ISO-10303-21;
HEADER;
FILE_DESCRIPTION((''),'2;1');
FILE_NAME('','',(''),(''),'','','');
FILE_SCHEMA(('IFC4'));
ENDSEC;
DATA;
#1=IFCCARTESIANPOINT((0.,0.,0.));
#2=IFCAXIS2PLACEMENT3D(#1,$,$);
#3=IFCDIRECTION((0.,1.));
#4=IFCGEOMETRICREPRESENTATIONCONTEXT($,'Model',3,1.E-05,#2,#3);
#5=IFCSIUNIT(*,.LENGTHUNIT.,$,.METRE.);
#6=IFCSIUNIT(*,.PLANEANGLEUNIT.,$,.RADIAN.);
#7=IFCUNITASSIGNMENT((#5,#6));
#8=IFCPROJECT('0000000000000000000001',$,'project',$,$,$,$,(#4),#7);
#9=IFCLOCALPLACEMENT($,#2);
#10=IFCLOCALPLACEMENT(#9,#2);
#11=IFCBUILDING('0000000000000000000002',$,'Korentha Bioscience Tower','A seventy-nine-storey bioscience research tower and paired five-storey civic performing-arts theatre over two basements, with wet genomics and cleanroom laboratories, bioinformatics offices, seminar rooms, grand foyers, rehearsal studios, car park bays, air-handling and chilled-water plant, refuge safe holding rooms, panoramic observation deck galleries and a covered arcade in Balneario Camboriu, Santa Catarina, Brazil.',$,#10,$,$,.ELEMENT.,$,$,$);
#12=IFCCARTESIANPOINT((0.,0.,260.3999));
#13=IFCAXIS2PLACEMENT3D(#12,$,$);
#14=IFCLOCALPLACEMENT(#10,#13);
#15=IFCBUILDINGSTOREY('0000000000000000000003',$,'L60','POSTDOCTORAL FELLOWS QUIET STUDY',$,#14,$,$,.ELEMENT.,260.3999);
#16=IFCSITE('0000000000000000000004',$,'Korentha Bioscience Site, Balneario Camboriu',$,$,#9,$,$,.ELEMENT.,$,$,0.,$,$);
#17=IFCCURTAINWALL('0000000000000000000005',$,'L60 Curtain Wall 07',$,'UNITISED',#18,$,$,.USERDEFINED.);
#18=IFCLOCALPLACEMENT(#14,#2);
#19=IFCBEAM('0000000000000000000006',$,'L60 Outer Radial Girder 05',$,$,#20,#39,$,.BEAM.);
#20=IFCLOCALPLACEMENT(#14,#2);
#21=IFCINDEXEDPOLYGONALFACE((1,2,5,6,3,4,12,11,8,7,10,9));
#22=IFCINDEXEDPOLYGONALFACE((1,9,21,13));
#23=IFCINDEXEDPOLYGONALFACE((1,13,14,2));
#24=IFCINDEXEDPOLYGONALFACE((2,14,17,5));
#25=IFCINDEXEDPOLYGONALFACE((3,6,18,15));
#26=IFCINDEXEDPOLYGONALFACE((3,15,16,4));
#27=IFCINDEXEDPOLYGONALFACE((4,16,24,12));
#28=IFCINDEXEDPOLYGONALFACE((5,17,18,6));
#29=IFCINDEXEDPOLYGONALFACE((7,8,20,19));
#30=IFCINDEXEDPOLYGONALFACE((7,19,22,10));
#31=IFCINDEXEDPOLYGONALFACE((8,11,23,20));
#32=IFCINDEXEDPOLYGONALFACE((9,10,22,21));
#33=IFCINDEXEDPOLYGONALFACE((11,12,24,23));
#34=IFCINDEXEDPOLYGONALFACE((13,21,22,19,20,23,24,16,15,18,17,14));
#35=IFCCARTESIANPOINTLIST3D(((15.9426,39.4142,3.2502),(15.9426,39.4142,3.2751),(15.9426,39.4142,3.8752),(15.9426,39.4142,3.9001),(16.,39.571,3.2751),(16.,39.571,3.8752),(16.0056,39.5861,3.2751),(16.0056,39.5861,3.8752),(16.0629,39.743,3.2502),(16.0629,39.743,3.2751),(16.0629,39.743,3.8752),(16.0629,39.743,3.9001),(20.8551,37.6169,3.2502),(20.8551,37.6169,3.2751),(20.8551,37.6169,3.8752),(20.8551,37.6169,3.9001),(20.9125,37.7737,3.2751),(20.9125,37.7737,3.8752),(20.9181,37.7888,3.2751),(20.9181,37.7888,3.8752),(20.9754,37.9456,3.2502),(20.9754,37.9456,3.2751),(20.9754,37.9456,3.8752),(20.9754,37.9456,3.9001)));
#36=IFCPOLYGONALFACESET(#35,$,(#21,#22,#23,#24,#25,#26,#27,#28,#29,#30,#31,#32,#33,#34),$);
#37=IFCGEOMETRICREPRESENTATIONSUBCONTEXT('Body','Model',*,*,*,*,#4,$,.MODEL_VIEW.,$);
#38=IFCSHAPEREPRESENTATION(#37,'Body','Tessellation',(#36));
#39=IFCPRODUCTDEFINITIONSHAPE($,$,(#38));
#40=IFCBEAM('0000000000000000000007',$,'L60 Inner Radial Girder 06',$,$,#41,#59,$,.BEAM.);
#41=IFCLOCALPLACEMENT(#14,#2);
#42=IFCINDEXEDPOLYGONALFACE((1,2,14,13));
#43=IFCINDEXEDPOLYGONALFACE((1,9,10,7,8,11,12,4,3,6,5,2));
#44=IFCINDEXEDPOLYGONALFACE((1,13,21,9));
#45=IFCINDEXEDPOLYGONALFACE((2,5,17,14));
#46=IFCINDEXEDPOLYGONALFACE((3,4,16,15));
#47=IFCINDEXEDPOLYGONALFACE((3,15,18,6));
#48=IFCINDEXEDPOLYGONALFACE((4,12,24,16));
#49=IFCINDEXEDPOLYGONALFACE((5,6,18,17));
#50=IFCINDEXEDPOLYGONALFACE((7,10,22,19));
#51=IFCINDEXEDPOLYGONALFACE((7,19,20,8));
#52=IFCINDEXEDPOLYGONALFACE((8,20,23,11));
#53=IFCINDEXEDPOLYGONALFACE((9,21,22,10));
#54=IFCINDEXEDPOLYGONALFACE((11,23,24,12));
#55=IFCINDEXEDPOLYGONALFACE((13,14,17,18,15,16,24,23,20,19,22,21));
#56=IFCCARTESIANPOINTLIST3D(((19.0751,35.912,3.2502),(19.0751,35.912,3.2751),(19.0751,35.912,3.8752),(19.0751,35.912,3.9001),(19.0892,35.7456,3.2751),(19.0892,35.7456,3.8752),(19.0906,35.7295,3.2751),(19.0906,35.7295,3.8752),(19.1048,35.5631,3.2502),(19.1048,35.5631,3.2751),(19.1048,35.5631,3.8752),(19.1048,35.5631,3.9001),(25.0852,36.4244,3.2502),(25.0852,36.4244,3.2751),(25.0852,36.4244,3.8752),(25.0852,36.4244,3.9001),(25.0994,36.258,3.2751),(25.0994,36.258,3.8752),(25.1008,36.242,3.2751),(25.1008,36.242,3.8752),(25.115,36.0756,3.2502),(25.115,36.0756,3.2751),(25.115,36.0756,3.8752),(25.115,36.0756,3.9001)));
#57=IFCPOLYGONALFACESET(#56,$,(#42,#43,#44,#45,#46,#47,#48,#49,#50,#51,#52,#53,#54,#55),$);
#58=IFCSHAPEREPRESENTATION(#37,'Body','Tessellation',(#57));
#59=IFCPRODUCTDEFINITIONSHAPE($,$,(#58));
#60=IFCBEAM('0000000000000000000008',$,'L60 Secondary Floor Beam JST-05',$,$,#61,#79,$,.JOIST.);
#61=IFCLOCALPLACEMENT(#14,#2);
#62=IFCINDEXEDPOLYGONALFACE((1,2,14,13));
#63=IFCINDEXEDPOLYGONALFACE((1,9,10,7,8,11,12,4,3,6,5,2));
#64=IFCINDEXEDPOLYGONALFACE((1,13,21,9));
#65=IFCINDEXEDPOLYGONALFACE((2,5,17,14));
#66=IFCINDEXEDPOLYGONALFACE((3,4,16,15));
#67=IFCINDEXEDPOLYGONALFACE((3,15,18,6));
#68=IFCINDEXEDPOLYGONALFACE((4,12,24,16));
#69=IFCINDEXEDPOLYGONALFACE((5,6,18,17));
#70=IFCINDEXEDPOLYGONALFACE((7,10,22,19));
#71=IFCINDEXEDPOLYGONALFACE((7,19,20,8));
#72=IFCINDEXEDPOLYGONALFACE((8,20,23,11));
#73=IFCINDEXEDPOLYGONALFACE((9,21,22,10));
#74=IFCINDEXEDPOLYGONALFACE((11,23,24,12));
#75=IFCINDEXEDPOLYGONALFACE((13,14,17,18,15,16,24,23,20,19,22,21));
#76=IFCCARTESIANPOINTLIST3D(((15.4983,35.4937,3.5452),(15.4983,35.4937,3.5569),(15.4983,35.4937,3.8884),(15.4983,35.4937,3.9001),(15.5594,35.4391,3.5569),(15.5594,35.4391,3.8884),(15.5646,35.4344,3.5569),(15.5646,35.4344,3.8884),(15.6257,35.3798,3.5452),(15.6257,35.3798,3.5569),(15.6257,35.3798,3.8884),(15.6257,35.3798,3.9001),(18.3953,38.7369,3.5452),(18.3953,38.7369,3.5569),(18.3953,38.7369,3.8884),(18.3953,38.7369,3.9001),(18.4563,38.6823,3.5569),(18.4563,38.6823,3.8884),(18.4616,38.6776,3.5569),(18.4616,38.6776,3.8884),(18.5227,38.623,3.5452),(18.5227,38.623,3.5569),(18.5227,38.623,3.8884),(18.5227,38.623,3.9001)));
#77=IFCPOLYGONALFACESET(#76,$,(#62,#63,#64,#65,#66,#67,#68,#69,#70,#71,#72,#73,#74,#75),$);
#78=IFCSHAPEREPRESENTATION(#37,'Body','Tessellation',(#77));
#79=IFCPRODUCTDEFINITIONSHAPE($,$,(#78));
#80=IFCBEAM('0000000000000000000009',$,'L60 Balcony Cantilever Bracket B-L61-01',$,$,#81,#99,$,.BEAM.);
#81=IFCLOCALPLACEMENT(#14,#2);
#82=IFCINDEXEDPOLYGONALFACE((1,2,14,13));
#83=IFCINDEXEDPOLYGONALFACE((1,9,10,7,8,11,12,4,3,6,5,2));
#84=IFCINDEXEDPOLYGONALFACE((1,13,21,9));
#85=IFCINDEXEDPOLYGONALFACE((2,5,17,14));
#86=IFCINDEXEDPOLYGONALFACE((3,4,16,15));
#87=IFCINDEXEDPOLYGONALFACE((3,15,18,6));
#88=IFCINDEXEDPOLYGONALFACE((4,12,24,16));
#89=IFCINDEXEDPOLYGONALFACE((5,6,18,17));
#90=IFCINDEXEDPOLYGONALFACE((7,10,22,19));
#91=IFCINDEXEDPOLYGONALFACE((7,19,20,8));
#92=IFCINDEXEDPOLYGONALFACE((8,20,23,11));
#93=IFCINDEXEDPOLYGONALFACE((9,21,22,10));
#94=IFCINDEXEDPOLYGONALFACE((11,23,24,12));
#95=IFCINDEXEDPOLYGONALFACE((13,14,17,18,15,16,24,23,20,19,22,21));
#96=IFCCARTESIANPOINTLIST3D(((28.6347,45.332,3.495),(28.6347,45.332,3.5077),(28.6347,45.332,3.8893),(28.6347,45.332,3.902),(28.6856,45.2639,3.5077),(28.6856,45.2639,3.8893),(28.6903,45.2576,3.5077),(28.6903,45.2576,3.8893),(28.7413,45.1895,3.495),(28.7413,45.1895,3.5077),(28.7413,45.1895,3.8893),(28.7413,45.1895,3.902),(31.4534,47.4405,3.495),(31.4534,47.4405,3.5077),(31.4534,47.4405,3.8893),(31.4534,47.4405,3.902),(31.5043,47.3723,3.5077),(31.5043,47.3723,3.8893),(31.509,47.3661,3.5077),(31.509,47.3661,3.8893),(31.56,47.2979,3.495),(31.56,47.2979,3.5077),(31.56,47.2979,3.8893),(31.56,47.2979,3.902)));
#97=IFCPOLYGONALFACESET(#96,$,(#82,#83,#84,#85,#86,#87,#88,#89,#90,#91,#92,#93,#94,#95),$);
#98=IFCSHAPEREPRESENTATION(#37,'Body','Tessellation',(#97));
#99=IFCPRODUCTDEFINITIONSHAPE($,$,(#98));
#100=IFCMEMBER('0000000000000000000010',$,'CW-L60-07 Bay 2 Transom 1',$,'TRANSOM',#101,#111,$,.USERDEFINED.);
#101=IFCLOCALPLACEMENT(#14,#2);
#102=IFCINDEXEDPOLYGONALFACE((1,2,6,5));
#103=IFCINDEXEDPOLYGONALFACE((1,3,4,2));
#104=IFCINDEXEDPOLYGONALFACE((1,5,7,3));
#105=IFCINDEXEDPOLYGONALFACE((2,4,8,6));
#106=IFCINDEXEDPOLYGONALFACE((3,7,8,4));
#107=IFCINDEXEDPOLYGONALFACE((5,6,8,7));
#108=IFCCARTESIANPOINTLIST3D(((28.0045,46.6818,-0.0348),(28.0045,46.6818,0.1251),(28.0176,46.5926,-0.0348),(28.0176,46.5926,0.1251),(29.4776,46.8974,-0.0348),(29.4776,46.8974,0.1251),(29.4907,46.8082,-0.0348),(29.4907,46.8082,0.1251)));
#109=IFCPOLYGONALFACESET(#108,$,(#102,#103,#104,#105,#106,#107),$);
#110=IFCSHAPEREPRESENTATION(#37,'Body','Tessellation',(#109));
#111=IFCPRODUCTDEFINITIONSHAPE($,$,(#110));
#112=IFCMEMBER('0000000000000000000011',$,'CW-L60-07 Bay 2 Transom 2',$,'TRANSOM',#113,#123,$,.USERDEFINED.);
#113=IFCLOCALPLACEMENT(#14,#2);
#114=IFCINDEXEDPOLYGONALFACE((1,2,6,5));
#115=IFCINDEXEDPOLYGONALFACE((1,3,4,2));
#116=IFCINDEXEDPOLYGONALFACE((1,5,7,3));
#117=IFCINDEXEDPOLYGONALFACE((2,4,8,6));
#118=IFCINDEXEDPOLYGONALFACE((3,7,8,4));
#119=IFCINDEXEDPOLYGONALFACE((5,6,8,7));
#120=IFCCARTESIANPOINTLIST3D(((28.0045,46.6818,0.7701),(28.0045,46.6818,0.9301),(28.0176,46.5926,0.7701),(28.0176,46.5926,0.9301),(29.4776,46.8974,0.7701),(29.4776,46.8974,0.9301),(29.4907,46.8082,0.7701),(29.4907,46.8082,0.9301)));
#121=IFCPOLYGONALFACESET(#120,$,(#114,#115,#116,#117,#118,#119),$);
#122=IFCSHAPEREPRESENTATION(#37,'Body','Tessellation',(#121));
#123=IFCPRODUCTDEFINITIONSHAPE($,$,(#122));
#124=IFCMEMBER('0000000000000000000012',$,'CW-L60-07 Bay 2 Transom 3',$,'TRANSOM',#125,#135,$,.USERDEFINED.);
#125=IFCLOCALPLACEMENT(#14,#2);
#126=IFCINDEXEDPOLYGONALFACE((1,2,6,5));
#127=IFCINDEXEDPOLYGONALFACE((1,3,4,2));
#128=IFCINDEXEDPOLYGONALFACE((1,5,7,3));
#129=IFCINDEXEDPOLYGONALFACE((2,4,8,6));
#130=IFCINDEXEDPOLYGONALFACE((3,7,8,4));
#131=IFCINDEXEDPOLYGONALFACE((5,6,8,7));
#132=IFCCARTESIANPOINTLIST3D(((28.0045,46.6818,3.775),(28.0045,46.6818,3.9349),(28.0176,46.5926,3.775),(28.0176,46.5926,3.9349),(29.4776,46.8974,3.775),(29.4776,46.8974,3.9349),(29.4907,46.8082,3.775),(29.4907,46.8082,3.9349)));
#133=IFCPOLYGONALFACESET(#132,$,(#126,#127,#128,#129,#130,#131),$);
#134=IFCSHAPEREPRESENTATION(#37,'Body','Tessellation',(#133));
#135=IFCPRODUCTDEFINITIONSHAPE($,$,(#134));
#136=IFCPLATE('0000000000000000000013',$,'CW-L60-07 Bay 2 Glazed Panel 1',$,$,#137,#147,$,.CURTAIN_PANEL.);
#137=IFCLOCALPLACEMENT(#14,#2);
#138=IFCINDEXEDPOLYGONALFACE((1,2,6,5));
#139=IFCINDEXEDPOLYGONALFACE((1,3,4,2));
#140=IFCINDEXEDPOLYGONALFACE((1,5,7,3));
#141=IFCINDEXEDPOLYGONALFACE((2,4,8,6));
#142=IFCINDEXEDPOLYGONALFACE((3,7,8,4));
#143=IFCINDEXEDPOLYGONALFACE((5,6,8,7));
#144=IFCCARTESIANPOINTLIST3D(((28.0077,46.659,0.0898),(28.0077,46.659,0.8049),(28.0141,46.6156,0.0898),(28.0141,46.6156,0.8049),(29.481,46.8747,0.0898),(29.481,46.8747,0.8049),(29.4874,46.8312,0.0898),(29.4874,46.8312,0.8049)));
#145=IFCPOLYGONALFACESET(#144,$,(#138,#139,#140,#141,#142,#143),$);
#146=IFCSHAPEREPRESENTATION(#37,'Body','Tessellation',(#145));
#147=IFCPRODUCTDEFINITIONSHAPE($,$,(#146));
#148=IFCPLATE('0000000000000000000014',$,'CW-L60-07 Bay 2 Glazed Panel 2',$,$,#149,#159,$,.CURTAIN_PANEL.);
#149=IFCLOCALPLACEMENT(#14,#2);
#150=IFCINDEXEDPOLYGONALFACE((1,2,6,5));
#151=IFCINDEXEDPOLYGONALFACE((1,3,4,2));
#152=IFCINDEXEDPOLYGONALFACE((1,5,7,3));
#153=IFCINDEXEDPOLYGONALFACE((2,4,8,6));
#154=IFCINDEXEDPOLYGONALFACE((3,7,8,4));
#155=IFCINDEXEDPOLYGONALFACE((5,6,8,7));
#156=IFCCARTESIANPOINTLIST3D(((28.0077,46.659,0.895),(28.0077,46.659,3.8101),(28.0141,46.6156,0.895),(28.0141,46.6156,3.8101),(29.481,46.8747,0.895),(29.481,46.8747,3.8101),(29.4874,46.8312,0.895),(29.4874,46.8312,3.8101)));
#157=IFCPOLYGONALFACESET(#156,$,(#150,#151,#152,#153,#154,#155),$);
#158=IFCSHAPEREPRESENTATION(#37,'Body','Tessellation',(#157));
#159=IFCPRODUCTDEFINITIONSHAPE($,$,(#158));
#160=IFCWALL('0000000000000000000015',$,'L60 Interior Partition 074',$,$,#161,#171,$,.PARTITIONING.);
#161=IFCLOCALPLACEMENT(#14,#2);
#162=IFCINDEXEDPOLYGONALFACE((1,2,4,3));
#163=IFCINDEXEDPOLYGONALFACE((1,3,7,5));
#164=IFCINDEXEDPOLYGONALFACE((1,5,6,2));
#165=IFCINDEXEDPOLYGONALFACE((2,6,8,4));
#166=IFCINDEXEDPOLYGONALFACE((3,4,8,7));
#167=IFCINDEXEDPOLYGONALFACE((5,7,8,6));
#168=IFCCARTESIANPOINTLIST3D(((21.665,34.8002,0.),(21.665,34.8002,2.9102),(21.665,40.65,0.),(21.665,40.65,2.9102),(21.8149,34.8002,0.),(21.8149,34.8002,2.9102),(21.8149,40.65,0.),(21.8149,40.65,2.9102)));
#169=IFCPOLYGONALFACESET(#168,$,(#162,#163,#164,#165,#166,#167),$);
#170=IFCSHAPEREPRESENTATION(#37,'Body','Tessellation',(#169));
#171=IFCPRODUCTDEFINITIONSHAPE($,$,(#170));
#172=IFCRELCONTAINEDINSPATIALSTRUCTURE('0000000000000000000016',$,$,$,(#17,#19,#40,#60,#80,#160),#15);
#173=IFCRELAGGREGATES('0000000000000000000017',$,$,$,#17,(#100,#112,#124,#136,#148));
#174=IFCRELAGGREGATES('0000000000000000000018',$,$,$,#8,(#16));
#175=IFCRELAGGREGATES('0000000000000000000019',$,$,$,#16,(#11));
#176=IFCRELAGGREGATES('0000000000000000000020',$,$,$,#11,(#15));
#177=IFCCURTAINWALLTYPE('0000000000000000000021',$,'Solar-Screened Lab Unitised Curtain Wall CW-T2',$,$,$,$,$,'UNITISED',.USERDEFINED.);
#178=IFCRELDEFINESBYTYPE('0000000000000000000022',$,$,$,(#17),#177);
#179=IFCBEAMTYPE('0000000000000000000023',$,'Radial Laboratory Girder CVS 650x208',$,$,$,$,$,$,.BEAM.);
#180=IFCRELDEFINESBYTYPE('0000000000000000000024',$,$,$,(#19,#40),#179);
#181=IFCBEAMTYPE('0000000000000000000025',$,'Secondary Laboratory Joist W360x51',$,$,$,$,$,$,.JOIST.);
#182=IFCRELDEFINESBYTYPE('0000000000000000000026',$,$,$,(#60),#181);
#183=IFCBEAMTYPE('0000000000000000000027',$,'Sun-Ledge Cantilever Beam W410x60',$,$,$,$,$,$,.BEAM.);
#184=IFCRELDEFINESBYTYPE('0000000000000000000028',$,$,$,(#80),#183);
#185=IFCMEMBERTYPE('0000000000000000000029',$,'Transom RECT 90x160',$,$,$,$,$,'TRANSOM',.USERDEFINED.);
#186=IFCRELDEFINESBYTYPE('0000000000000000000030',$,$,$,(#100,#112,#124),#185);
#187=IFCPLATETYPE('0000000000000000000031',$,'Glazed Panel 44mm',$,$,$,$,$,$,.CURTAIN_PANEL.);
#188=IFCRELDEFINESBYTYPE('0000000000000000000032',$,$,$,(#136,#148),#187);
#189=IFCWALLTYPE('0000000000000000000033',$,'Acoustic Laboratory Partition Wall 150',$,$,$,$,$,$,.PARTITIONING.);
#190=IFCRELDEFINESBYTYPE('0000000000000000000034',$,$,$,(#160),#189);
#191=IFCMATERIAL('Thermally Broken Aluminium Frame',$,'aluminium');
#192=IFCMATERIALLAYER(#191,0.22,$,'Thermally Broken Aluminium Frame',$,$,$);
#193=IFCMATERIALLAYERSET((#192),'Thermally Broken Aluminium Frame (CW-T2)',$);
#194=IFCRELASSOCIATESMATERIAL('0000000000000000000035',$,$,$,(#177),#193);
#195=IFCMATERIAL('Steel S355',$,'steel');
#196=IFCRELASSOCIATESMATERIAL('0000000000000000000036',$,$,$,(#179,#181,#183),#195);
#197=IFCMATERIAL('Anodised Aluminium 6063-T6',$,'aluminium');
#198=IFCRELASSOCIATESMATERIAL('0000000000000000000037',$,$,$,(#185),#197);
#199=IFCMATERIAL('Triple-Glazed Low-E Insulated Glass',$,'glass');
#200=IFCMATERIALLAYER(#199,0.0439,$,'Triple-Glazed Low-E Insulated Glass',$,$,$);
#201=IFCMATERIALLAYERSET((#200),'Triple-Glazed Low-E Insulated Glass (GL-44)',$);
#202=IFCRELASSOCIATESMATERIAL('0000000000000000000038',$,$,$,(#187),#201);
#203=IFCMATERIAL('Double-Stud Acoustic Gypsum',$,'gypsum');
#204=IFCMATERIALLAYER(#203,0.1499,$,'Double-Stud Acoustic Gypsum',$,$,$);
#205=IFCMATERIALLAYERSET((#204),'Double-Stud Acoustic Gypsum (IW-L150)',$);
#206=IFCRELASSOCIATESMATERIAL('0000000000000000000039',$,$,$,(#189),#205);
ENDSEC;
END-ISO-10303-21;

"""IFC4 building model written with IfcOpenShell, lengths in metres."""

from ifc_helpers import new_model, si_unit, direction, frame, frame_2d, origin, origin_2d, place, context, subcontext, project, spatial, rectangle, i_section, extrude, material, layer, layer_set, material_profile, profile_set, type_object, element, aggregate, save


model = new_model("IFC4")

# Units and contexts
model_context = context("Model", 3, precision=1e-05, world=origin(), true_north=direction((0.0, 1.0)))
body_context = subcontext(model_context, "Body", "Model", "MODEL_VIEW")
ifc_project = project(units=[si_unit("LENGTHUNIT", "METRE"), si_unit("PLANEANGLEUNIT", "RADIAN")], contexts=[model_context])

# Site, building, storey
site_placement = place(None, origin())
site = spatial("IfcSite", under=ifc_project, at=site_placement, Name="Korentha Bioscience Site, Balneario Camboriu", CompositionType="ELEMENT", RefElevation=0.0)
building_placement = place(site_placement, origin())
building = spatial("IfcBuilding", under=site, at=building_placement, Name="Korentha Bioscience Tower", Description="A seventy-nine-storey bioscience research tower and paired five-storey civic performing-arts theatre over two basements, with wet genomics and cleanroom laboratories, bioinformatics offices, seminar rooms, grand foyers, rehearsal studios, car park bays, air-handling and chilled-water plant, refuge safe holding rooms, panoramic observation deck galleries and a covered arcade in Balneario Camboriu, Santa Catarina, Brazil.", CompositionType="ELEMENT")
storey_placement = place(building_placement, frame((0.0, 0.0, 260.3999)))
storey = spatial("IfcBuildingStorey", under=building, at=storey_placement, Name="L60", Description="POSTDOCTORAL FELLOWS QUIET STUDY", CompositionType="ELEMENT", Elevation=260.3999)

# Shared definitions
ifc_material_1 = material(Name="Steel S355", Category="steel")

# Curtain wall
ifc_material_2 = material(Name="Thermally Broken Aluminium Frame", Category="aluminium")
ifc_layer_1 = layer(ifc_material_2, 0.22, Name="Thermally Broken Aluminium Frame")
ifc_layer_set_1 = layer_set([ifc_layer_1], Name="Thermally Broken Aluminium Frame (CW-T2)")
curtain_wall_type = type_object("IfcCurtainWallType", Name="Solar-Screened Lab Unitised Curtain Wall CW-T2", ElementType="UNITISED", PredefinedType="USERDEFINED", material=ifc_layer_set_1)
curtain_wall_placement = place(storey_placement, origin())
curtain_wall = element("IfcCurtainWall", 1, at=curtain_wall_placement, inside=storey, type_object=curtain_wall_type, Name="L60 Curtain Wall 07", ObjectType="UNITISED", PredefinedType="USERDEFINED")
ifc_material_3 = material(Name="Anodised Aluminium 6063-T6", Category="aluminium")

# Beams
ifc_material_profile_1 = material_profile(ifc_material_1, i_section(OverallWidth=0.3501, OverallDepth=0.6499, WebThickness=0.0161, FlangeThickness=0.0249, at=origin_2d()), Name="Steel S355")
ifc_profile_set_1 = profile_set([ifc_material_profile_1], Name="Steel S355 (RB-650)")
beam_type_1 = type_object("IfcBeamType", Name="Radial Laboratory Girder CVS 650x208", PredefinedType="BEAM", material=ifc_profile_set_1)
beam_1_placement = place(storey_placement, frame((20.9153, 37.7812, 3.5752), z_axis=(-0.939118, 0.343594, 0.0), x_axis=(-0.343594, -0.939118, 0.0)))
element("IfcBeam", 2, at=beam_1_placement, inside=storey, type_object=beam_type_1, Name="L60 Outer Radial Girder 05", PredefinedType="BEAM", context=body_context, shape_type="SweptSolid", body=[
    extrude(i_section(OverallWidth=0.3501, OverallDepth=0.6499, WebThickness=0.0161, FlangeThickness=0.0249, at=origin_2d()), origin(), (0.0, 0.0, 1.0), 5.231),
])
beam_2_placement = place(storey_placement, frame((25.1001, 36.25, 3.5752), z_axis=(-0.996385, -0.084955, 0.0), x_axis=(0.084955, -0.996385, 0.0)))
element("IfcBeam", 3, at=beam_2_placement, inside=storey, type_object=beam_type_1, Name="L60 Inner Radial Girder 06", PredefinedType="BEAM", context=body_context, shape_type="SweptSolid", body=[
    extrude(i_section(OverallWidth=0.3501, OverallDepth=0.6499, WebThickness=0.0161, FlangeThickness=0.0249, at=origin_2d()), origin(), (0.0, 0.0, 1.0), 6.032),
])
ifc_material_profile_2 = material_profile(ifc_material_1, i_section(OverallWidth=0.1709, OverallDepth=0.355, WebThickness=0.0071, FlangeThickness=0.0117, at=origin_2d()), Name="Steel S355")
ifc_profile_set_2 = profile_set([ifc_material_profile_2], Name="Steel S355 (JB-360)")
beam_type_2 = type_object("IfcBeamType", Name="Secondary Laboratory Joist W360x51", PredefinedType="JOIST", material=ifc_profile_set_2)
beam_3_placement = place(storey_placement, frame((18.459, 38.6799, 3.7227), z_axis=(-0.666181, -0.74579, 0.0), x_axis=(0.74579, -0.666181, 0.0)))
element("IfcBeam", 4, at=beam_3_placement, inside=storey, type_object=beam_type_2, Name="L60 Secondary Floor Beam JST-05", PredefinedType="JOIST", context=body_context, shape_type="SweptSolid", body=[
    extrude(i_section(OverallWidth=0.1709, OverallDepth=0.355, WebThickness=0.0071, FlangeThickness=0.0117, at=origin_2d()), origin(), (0.0, 0.0, 1.0), 4.3486),
])
ifc_material_profile_3 = material_profile(ifc_material_1, i_section(OverallWidth=0.178, OverallDepth=0.407, WebThickness=0.0078, FlangeThickness=0.0127, at=origin_2d()), Name="Steel S355")
ifc_profile_set_3 = profile_set([ifc_material_profile_3], Name="Steel S355 (CB-410)")
beam_type_3 = type_object("IfcBeamType", Name="Sun-Ledge Cantilever Beam W410x60", PredefinedType="BEAM", material=ifc_profile_set_3)
beam_4_placement = place(storey_placement, frame((28.688, 45.2607, 3.6985), z_axis=(0.800757, 0.59899, 0.0), x_axis=(-0.59899, 0.800757, 0.0)))
element("IfcBeam", 5, at=beam_4_placement, inside=storey, type_object=beam_type_3, Name="L60 Balcony Cantilever Bracket B-L61-01", PredefinedType="BEAM", context=body_context, shape_type="SweptSolid", body=[
    extrude(i_section(OverallWidth=0.178, OverallDepth=0.407, WebThickness=0.0078, FlangeThickness=0.0127, at=origin_2d()), origin(), (0.0, 0.0, 1.0), 3.52),
])

# Members
ifc_material_profile_4 = material_profile(ifc_material_3, rectangle(XDim=0.0901, YDim=0.1599, at=origin_2d()), Name="Anodised Aluminium 6063-T6")
ifc_profile_set_4 = profile_set([ifc_material_profile_4], Name="Anodised Aluminium 6063-T6 (CW-TRN)")
member_type_1 = type_object("IfcMemberType", Name="Transom RECT 90x160", ElementType="TRANSOM", PredefinedType="USERDEFINED", material=ifc_profile_set_4)
member_1_placement = place(storey_placement, frame((29.4841, 46.8528, 0.0452), z_axis=(-0.989462, -0.144795, 0.0), x_axis=(0.144795, -0.989462, 0.0)))
member_1 = element("IfcMember", 6, at=member_1_placement, type_object=member_type_1, Name="CW-L60-07 Bay 2 Transom 1", ObjectType="TRANSOM", PredefinedType="USERDEFINED", context=body_context, shape_type="SweptSolid", body=[
    extrude(rectangle(XDim=0.0901, YDim=0.1599, at=origin_2d()), origin(), (0.0, 0.0, 1.0), 1.4888),
])
member_2_placement = place(storey_placement, frame((29.4841, 46.8528, 0.8501), z_axis=(-0.989462, -0.144795, 0.0), x_axis=(0.144795, -0.989462, 0.0)))
member_2 = element("IfcMember", 7, at=member_2_placement, type_object=member_type_1, Name="CW-L60-07 Bay 2 Transom 2", ObjectType="TRANSOM", PredefinedType="USERDEFINED", context=body_context, shape_type="SweptSolid", body=[
    extrude(rectangle(XDim=0.0901, YDim=0.1599, at=origin_2d()), origin(), (0.0, 0.0, 1.0), 1.4888),
])
member_3_placement = place(storey_placement, frame((29.4841, 46.8528, 3.855), z_axis=(-0.989462, -0.144795, 0.0), x_axis=(0.144795, -0.989462, 0.0)))
member_3 = element("IfcMember", 8, at=member_3_placement, type_object=member_type_1, Name="CW-L60-07 Bay 2 Transom 3", ObjectType="TRANSOM", PredefinedType="USERDEFINED", context=body_context, shape_type="SweptSolid", body=[
    extrude(rectangle(XDim=0.0901, YDim=0.1599, at=origin_2d()), origin(), (0.0, 0.0, 1.0), 1.4888),
])

# Plates
ifc_material_4 = material(Name="Triple-Glazed Low-E Insulated Glass", Category="glass")
ifc_layer_2 = layer(ifc_material_4, 0.0439, Name="Triple-Glazed Low-E Insulated Glass")
ifc_layer_set_2 = layer_set([ifc_layer_2], Name="Triple-Glazed Low-E Insulated Glass (GL-44)")
plate_type = type_object("IfcPlateType", Name="Glazed Panel 44mm", PredefinedType="CURTAIN_PANEL", material=ifc_layer_set_2)
plate_1_placement = place(storey_placement, frame((28.7476, 46.7451, 0.0898), z_axis=(0.0, 0.0, 1.0), x_axis=(-0.98946, -0.144809, 0.0)))
plate_1 = element("IfcPlate", 9, at=plate_1_placement, type_object=plate_type, Name="CW-L60-07 Bay 2 Glazed Panel 1", PredefinedType="CURTAIN_PANEL", context=body_context, shape_type="SweptSolid", body=[
    extrude(rectangle(XDim=1.489, YDim=0.0439, at=origin_2d()), origin(), (0.0, 0.0, 1.0), 0.7151),
])
plate_2_placement = place(storey_placement, frame((28.7476, 46.7451, 0.895), z_axis=(0.0, 0.0, 1.0), x_axis=(-0.98946, -0.144809, 0.0)))
plate_2 = element("IfcPlate", 10, at=plate_2_placement, type_object=plate_type, Name="CW-L60-07 Bay 2 Glazed Panel 2", PredefinedType="CURTAIN_PANEL", context=body_context, shape_type="SweptSolid", body=[
    extrude(rectangle(XDim=1.489, YDim=0.0439, at=origin_2d()), origin(), (0.0, 0.0, 1.0), 2.915),
])
aggregate(curtain_wall, [member_1, member_2, member_3, plate_1, plate_2])

# Shared definitions
ifc_material_5 = material(Name="Double-Stud Acoustic Gypsum", Category="gypsum")
ifc_layer_3 = layer(ifc_material_5, 0.1499, Name="Double-Stud Acoustic Gypsum")
ifc_layer_set_3 = layer_set([ifc_layer_3], Name="Double-Stud Acoustic Gypsum (IW-L150)")
wall_type_1 = type_object("IfcWallType", Name="Acoustic Laboratory Partition Wall 150", PredefinedType="PARTITIONING", material=ifc_layer_set_3)

# Wall
wall_1_placement = place(storey_placement, frame((21.74, 40.6499, 0.0), z_axis=(0.0, 0.0, 1.0), x_axis=(0.0, -1.0, 0.0)))
element("IfcWall", 11, at=wall_1_placement, inside=storey, type_object=wall_type_1, Name="L60 Interior Partition 074", PredefinedType="PARTITIONING", context=body_context, shape_type="SweptSolid", body=[
    extrude(rectangle(XDim=5.8499, YDim=0.1499, at=frame_2d((2.9248, 0.0))), origin(), (0.0, 0.0, 1.0), 2.9102),
])

save(model, "model.ifc")
